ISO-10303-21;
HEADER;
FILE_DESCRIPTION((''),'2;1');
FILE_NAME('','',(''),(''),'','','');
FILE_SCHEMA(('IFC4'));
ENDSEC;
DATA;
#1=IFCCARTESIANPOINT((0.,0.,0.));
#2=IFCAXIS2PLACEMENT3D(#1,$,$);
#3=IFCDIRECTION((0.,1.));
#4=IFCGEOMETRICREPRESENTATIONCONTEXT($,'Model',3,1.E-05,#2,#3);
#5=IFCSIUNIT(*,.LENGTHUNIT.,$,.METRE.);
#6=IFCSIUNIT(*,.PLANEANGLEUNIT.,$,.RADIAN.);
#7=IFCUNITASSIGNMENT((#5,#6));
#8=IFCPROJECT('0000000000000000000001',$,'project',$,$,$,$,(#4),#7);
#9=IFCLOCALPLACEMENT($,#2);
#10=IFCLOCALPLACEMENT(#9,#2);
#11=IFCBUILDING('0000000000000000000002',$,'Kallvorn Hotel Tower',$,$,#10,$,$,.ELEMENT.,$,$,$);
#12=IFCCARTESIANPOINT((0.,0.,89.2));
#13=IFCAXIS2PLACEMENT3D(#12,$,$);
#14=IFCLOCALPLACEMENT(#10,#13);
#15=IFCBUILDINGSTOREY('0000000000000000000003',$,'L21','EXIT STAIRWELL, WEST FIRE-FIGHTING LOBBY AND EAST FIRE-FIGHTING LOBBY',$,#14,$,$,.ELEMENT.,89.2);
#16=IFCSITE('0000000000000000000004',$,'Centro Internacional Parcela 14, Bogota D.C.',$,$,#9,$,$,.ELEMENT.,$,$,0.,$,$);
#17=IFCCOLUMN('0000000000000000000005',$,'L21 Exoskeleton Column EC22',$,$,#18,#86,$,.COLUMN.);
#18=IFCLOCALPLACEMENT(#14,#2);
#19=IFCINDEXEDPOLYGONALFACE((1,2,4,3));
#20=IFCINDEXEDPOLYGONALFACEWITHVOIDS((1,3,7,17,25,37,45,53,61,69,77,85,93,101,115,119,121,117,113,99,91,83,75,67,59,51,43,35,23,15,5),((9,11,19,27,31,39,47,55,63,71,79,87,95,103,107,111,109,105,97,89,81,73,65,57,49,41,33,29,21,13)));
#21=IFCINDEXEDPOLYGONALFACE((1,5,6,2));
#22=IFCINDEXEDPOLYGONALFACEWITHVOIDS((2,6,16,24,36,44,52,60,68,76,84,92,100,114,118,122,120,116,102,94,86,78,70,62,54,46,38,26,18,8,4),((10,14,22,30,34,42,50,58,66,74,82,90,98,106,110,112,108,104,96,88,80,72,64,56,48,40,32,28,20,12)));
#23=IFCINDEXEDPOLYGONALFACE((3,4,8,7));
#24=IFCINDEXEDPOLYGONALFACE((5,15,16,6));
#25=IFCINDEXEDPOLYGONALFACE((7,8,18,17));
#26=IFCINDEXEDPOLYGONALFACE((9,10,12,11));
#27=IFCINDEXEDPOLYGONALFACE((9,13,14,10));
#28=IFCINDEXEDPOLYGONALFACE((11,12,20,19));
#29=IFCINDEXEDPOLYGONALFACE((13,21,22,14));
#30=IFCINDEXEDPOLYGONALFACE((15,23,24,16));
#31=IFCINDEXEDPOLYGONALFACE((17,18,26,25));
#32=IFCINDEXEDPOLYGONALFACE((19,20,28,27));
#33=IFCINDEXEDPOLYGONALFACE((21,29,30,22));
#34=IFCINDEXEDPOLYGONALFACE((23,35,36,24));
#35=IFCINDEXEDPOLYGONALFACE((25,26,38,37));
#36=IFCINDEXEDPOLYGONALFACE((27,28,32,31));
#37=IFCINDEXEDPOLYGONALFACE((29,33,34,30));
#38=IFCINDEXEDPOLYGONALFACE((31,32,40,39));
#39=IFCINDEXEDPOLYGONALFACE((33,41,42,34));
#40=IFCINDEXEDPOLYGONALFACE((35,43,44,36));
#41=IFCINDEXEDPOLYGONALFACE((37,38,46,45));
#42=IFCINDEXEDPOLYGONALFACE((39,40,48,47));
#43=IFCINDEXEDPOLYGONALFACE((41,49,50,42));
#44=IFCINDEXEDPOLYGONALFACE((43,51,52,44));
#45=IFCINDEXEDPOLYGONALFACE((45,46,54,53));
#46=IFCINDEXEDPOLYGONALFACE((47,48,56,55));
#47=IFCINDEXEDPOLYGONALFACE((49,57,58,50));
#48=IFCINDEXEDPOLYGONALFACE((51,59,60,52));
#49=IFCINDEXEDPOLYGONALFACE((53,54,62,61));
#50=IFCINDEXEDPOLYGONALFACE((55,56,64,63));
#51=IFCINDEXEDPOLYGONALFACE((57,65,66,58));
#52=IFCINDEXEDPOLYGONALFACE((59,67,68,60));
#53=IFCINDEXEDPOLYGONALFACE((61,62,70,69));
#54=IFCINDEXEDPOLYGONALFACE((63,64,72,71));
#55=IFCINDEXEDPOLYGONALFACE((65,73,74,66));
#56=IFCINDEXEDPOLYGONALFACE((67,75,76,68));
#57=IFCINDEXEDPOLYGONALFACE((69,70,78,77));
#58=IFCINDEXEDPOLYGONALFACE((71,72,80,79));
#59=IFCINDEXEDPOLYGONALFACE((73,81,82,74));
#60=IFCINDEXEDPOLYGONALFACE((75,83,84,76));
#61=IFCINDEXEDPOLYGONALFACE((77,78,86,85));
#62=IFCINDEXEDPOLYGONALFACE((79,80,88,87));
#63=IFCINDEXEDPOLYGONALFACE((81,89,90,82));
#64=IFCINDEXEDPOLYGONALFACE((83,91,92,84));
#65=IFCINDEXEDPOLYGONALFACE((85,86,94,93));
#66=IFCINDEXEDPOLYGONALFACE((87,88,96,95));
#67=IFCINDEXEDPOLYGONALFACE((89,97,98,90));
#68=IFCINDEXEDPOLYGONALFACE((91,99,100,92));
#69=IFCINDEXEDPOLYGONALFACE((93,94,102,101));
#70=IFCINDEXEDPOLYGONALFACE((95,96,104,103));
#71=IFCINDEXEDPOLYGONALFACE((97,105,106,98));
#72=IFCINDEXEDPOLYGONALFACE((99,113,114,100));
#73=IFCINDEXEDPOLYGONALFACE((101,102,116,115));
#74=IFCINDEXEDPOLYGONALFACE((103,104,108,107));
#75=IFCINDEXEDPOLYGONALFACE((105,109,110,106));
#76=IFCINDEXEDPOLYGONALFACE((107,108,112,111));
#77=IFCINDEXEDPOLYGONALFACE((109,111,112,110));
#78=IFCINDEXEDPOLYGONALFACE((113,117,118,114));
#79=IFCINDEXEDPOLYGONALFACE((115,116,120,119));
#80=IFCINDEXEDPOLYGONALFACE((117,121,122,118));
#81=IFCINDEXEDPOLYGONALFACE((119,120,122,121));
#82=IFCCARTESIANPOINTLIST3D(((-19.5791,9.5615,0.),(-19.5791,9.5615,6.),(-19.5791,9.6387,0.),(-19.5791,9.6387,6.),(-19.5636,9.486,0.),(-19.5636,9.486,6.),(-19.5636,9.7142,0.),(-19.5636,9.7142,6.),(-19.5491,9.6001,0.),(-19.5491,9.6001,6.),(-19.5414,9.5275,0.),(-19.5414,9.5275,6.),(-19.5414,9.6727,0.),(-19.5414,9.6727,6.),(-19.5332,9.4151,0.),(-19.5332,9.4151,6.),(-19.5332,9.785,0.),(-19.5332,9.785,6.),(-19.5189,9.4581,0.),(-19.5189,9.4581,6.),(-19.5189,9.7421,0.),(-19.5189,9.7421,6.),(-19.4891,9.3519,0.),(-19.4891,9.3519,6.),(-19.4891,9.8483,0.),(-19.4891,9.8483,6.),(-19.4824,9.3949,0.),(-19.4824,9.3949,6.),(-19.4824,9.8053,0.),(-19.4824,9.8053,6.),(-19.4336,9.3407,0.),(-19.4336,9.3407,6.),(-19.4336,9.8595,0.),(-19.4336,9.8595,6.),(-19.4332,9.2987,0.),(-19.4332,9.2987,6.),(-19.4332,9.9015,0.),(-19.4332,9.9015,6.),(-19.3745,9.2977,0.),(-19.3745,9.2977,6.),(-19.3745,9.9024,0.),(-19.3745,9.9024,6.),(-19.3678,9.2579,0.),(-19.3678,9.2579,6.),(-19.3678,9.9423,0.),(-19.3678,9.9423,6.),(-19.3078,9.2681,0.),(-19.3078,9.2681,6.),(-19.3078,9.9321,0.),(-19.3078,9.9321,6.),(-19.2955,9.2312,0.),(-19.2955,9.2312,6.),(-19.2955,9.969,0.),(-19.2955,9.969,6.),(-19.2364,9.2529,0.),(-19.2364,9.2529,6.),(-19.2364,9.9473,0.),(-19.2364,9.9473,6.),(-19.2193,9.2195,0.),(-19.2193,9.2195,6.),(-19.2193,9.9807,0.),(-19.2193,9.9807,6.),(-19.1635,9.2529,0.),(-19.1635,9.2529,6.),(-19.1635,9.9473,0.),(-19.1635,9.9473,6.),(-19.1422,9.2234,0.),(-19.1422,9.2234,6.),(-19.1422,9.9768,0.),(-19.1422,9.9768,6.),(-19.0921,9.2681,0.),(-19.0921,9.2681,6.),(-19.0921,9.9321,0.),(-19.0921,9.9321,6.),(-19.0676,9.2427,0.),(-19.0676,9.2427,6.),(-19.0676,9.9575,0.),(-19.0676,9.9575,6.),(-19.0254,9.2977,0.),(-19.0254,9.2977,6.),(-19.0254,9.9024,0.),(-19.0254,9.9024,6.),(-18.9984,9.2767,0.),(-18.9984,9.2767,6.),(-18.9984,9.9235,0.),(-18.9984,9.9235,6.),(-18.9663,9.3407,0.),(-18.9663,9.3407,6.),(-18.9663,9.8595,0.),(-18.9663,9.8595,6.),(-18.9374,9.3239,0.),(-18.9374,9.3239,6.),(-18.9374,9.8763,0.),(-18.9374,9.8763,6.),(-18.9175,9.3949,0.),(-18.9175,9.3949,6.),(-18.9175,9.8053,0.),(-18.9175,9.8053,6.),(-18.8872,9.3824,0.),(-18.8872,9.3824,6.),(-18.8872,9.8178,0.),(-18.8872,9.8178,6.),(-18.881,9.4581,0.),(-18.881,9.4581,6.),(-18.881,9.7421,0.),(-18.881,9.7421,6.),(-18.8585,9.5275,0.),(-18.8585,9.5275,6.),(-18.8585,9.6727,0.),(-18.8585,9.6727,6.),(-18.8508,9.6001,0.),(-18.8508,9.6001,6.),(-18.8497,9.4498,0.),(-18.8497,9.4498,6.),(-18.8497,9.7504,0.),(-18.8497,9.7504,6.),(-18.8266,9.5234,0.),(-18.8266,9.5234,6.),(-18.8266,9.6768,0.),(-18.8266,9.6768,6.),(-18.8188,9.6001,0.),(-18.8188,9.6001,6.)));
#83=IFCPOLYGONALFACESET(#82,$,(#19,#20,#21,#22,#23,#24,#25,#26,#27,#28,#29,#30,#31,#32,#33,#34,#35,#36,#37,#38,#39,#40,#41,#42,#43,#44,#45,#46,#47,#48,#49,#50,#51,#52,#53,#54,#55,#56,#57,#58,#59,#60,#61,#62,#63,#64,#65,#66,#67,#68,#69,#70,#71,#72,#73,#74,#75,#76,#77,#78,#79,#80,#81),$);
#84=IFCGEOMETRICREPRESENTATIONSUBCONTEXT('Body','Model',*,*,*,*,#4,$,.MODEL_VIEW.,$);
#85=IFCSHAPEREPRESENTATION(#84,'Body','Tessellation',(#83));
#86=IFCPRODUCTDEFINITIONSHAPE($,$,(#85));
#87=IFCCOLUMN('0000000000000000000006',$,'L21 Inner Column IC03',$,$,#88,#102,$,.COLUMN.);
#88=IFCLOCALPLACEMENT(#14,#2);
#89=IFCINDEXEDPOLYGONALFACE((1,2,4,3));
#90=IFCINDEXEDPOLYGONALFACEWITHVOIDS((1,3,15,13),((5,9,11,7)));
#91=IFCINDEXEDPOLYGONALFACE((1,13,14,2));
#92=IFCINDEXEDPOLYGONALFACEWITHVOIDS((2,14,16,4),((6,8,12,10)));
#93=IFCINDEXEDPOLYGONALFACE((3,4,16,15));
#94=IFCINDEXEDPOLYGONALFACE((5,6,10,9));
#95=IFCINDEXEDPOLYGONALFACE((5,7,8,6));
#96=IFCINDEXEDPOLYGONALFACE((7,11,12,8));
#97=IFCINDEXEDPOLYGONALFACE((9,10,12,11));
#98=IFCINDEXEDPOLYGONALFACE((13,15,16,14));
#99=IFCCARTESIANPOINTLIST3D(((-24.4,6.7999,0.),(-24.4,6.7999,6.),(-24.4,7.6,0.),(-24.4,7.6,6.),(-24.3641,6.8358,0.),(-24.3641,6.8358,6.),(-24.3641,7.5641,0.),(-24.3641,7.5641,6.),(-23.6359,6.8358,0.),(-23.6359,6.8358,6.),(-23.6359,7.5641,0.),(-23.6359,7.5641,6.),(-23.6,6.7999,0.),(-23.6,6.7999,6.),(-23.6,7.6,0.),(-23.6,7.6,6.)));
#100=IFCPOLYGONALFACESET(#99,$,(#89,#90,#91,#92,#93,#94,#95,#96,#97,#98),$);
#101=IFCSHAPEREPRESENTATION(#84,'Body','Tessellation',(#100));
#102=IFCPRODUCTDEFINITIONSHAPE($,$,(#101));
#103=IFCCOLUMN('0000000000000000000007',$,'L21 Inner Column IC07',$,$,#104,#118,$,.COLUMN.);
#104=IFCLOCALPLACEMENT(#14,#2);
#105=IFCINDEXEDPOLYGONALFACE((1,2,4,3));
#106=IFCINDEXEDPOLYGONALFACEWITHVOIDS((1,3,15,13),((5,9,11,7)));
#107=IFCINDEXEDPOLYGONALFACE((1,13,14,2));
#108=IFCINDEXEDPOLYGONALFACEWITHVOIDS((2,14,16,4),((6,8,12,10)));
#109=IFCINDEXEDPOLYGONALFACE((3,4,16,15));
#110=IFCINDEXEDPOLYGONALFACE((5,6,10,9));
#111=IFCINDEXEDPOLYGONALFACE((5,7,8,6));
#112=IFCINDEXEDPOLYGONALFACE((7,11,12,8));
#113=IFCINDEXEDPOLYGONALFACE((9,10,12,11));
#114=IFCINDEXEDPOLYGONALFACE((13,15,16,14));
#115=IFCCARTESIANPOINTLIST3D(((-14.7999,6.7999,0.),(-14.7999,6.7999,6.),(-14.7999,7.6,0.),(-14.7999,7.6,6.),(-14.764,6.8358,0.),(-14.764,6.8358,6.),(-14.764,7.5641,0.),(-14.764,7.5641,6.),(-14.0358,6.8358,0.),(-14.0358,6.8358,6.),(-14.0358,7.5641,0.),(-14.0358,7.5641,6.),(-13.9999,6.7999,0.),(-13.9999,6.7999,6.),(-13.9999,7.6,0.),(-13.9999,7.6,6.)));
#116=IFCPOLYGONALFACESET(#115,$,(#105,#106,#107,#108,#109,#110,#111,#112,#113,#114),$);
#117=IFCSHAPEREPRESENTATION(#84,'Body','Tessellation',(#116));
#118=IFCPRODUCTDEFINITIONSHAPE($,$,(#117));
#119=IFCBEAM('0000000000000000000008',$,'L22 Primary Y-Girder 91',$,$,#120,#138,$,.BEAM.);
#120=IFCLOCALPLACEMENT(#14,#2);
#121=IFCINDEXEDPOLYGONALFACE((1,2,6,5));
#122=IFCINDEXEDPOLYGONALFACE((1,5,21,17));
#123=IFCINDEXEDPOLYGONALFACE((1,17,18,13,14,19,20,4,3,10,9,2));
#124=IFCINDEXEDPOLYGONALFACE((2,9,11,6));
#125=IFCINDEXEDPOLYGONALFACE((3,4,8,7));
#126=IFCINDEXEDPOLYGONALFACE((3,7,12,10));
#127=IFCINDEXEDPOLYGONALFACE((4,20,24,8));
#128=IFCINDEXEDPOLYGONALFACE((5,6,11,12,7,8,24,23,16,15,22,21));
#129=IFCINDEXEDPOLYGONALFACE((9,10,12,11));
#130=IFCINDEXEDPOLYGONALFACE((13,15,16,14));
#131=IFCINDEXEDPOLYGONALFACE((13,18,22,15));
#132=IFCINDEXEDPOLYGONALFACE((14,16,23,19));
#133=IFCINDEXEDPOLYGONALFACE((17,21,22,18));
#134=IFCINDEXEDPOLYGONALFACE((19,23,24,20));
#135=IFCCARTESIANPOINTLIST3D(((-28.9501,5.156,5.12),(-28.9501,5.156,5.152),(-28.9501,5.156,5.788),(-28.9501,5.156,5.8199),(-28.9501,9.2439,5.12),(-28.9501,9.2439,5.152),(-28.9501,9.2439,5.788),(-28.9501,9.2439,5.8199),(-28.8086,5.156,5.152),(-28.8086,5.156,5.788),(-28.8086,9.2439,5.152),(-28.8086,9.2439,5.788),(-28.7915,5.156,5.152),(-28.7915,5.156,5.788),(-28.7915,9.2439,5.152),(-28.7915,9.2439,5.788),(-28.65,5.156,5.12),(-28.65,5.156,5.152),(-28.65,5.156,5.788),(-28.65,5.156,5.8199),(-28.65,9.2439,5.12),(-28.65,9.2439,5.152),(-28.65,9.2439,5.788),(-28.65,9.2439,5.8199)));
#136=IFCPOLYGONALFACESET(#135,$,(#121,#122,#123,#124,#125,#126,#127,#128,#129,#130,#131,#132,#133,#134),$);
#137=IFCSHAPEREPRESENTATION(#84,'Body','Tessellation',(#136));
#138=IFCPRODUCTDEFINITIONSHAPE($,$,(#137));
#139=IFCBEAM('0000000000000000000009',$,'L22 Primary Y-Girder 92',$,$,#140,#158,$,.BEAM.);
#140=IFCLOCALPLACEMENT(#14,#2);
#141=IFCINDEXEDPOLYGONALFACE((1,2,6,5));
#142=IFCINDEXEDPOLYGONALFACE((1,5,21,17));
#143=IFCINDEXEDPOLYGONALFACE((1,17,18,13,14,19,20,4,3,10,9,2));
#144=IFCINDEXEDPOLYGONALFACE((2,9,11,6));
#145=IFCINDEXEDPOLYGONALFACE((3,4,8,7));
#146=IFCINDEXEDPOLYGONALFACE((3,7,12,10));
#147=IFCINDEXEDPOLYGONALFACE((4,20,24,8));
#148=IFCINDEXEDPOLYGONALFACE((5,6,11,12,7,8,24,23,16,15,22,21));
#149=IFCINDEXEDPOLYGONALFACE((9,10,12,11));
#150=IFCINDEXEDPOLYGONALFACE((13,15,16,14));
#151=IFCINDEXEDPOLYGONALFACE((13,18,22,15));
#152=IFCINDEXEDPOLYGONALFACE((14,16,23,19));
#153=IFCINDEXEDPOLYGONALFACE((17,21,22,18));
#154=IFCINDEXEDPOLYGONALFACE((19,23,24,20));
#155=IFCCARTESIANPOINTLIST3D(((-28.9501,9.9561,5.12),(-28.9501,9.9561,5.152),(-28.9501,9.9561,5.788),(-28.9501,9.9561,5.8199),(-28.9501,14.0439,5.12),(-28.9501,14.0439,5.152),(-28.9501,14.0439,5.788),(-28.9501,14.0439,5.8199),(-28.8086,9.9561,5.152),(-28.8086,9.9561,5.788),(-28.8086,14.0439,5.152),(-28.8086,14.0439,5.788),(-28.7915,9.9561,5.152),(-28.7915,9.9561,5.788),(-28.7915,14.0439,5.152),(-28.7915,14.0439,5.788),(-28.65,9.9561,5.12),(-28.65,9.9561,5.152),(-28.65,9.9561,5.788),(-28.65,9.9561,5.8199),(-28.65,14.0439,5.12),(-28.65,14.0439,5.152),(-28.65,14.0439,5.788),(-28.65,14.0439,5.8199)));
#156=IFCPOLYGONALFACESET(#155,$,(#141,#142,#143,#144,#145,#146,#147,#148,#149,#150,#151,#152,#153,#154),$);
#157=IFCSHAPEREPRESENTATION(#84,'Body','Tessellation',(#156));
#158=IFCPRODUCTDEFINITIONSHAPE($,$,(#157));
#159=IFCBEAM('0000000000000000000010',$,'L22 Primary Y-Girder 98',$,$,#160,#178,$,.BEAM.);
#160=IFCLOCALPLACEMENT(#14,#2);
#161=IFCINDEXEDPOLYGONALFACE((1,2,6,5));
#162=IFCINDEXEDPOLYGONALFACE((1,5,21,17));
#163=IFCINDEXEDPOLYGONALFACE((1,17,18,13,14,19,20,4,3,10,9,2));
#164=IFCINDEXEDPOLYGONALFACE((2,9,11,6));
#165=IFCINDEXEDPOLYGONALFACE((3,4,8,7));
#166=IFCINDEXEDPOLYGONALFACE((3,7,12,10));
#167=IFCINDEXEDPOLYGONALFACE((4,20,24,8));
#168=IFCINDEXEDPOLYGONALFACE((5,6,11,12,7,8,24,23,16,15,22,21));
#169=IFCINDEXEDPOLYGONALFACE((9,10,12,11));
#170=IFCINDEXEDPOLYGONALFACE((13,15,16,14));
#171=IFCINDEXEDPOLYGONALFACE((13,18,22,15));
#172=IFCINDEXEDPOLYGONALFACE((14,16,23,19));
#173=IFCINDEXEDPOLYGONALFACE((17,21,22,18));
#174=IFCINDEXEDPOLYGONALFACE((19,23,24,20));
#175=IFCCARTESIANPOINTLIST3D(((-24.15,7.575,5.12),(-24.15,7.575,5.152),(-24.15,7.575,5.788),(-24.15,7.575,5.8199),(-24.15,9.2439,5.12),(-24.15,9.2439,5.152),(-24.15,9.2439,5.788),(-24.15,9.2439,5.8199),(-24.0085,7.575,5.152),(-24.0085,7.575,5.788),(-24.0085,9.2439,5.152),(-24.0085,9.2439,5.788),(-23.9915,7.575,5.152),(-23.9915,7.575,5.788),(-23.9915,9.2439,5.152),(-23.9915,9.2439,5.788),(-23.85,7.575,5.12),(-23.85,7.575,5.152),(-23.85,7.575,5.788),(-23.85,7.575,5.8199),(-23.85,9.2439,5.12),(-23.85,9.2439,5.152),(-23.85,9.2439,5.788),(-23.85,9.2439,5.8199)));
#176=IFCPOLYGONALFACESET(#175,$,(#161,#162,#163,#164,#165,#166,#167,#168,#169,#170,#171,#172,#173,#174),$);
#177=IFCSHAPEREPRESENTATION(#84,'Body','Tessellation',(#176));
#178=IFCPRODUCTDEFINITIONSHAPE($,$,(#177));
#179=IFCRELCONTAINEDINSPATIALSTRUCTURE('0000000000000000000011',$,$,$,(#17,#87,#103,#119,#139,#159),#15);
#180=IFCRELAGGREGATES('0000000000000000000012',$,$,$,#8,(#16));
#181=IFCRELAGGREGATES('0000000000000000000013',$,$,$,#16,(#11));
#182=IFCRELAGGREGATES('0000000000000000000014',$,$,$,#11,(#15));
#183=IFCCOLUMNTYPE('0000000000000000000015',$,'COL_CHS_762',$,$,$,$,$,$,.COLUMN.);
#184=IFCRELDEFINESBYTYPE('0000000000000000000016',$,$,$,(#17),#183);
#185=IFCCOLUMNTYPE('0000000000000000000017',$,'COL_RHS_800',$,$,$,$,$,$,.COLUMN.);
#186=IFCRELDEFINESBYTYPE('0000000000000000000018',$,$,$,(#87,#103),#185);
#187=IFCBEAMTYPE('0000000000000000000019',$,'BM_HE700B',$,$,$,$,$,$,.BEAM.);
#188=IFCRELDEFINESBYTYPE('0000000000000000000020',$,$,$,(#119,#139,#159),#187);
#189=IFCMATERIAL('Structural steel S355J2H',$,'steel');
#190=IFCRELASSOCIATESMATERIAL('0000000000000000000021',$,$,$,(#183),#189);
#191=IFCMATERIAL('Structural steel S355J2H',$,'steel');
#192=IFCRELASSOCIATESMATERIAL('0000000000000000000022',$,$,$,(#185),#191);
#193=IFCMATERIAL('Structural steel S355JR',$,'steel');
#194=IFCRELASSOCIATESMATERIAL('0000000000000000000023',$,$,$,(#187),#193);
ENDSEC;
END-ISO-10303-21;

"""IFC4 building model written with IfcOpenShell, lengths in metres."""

from ifc_helpers import new_model, si_unit, direction, frame, origin, origin_2d, place, context, subcontext, project, spatial, hollow_rectangle, hollow_circle, i_section, extrude, material, material_profile, profile_set, type_object, element, save


model = new_model("IFC4")

# Units and contexts
model_context = context("Model", 3, precision=1e-05, world=origin(), true_north=direction((0.0, 1.0)))
body_context = subcontext(model_context, "Body", "Model", "MODEL_VIEW")
ifc_project = project(units=[si_unit("LENGTHUNIT", "METRE"), si_unit("PLANEANGLEUNIT", "RADIAN")], contexts=[model_context])

# Site, building, storey
site_placement = place(None, origin())
site = spatial("IfcSite", under=ifc_project, at=site_placement, Name="Centro Internacional Parcela 14, Bogota D.C.", CompositionType="ELEMENT", RefElevation=0.0)
building_placement = place(site_placement, origin())
building = spatial("IfcBuilding", under=site, at=building_placement, Name="Kallvorn Hotel Tower", CompositionType="ELEMENT")
storey_placement = place(building_placement, frame((0.0, 0.0, 89.2)))
storey = spatial("IfcBuildingStorey", under=building, at=storey_placement, Name="L21", Description="EXIT STAIRWELL, WEST FIRE-FIGHTING LOBBY AND EAST FIRE-FIGHTING LOBBY", CompositionType="ELEMENT", Elevation=89.2)

# Columns
ifc_material_1 = material(Name="Structural steel S355J2H", Category="steel")
ifc_material_profile_1 = material_profile(ifc_material_1, hollow_circle(Radius=0.3811, WallThickness=0.032, at=origin_2d()), Name="CHS 762x32")
ifc_profile_set_1 = profile_set([ifc_material_profile_1], Name="Structural steel S355J2H")
column_type_1 = type_object("IfcColumnType", Name="COL_CHS_762", PredefinedType="COLUMN", material=ifc_profile_set_1)
for number, where, z_axis, x_axis, name in (
    (1, (-19.2, 9.6001, 0.0), (0.0, 0.0, 1.0), (1.0, 0.0, 0.0), "L21 Exoskeleton Column EC22"),
):
    element("IfcColumn", number, at=place(storey_placement, frame(where, z_axis=z_axis, x_axis=x_axis)), inside=storey, type_object=column_type_1, Name=name, PredefinedType="COLUMN", context=body_context, shape_type="SweptSolid", body=[
        extrude(hollow_circle(Radius=0.3811, WallThickness=0.032, at=origin_2d()), origin(), (0.0, 0.0, 1.0), 6.0),
    ])
ifc_material_2 = material(Name="Structural steel S355J2H", Category="steel")
ifc_material_profile_2 = material_profile(ifc_material_2, hollow_rectangle(XDim=0.8, YDim=0.8, WallThickness=0.0359, at=origin_2d()), Name="RHS 800x800x36")
ifc_profile_set_2 = profile_set([ifc_material_profile_2], Name="Structural steel S355J2H")
column_type_2 = type_object("IfcColumnType", Name="COL_RHS_800", PredefinedType="COLUMN", material=ifc_profile_set_2)
for number, where, z_axis, x_axis, name in (
    (2, (-24.0, 7.2, 0.0), (0.0, 0.0, 1.0), (1.0, 0.0, 0.0), "L21 Inner Column IC03"),
    (3, (-14.3999, 7.2, 0.0), (0.0, 0.0, 1.0), (1.0, 0.0, 0.0), "L21 Inner Column IC07"),
):
    element("IfcColumn", number, at=place(storey_placement, frame(where, z_axis=z_axis, x_axis=x_axis)), inside=storey, type_object=column_type_2, Name=name, PredefinedType="COLUMN", context=body_context, shape_type="SweptSolid", body=[
        extrude(hollow_rectangle(XDim=0.8, YDim=0.8, WallThickness=0.0359, at=origin_2d()), origin(), (0.0, 0.0, 1.0), 6.0),
    ])

# Beams
ifc_material_3 = material(Name="Structural steel S355JR", Category="steel")
ifc_material_profile_3 = material_profile(ifc_material_3, i_section(OverallWidth=0.3, OverallDepth=0.7, WebThickness=0.0171, FlangeThickness=0.032, at=origin_2d()), Name="HE 700 B")
ifc_profile_set_3 = profile_set([ifc_material_profile_3], Name="Structural steel S355JR")
beam_type_1 = type_object("IfcBeamType", Name="BM_HE700B", PredefinedType="BEAM", material=ifc_profile_set_3)
for number, where, z_axis, x_axis, name in (
    (4, (-28.8, 5.156, 5.47), (0.0, 1.0, 0.0), (-1.0, 0.0, 0.0), "L22 Primary Y-Girder 91"),
    (5, (-28.8, 9.9561, 5.47), (0.0, 1.0, 0.0), (-1.0, 0.0, 0.0), "L22 Primary Y-Girder 92"),
):
    element("IfcBeam", number, at=place(storey_placement, frame(where, z_axis=z_axis, x_axis=x_axis)), inside=storey, type_object=beam_type_1, Name=name, PredefinedType="BEAM", context=body_context, shape_type="SweptSolid", body=[
        extrude(i_section(OverallWidth=0.3, OverallDepth=0.7, WebThickness=0.0171, FlangeThickness=0.032, at=origin_2d()), origin(), (0.0, 0.0, 1.0), 4.0879),
    ])
beam_1_placement = place(storey_placement, frame((-24.0, 7.575, 5.47), z_axis=(0.0, 1.0, 0.0), x_axis=(-1.0, 0.0, 0.0)))
element("IfcBeam", 6, at=beam_1_placement, inside=storey, type_object=beam_type_1, Name="L22 Primary Y-Girder 98", PredefinedType="BEAM", context=body_context, shape_type="SweptSolid", body=[
    extrude(i_section(OverallWidth=0.3, OverallDepth=0.7, WebThickness=0.0171, FlangeThickness=0.032, at=origin_2d()), origin(), (0.0, 0.0, 1.0), 1.6689),
])

save(model, "model.ifc")
